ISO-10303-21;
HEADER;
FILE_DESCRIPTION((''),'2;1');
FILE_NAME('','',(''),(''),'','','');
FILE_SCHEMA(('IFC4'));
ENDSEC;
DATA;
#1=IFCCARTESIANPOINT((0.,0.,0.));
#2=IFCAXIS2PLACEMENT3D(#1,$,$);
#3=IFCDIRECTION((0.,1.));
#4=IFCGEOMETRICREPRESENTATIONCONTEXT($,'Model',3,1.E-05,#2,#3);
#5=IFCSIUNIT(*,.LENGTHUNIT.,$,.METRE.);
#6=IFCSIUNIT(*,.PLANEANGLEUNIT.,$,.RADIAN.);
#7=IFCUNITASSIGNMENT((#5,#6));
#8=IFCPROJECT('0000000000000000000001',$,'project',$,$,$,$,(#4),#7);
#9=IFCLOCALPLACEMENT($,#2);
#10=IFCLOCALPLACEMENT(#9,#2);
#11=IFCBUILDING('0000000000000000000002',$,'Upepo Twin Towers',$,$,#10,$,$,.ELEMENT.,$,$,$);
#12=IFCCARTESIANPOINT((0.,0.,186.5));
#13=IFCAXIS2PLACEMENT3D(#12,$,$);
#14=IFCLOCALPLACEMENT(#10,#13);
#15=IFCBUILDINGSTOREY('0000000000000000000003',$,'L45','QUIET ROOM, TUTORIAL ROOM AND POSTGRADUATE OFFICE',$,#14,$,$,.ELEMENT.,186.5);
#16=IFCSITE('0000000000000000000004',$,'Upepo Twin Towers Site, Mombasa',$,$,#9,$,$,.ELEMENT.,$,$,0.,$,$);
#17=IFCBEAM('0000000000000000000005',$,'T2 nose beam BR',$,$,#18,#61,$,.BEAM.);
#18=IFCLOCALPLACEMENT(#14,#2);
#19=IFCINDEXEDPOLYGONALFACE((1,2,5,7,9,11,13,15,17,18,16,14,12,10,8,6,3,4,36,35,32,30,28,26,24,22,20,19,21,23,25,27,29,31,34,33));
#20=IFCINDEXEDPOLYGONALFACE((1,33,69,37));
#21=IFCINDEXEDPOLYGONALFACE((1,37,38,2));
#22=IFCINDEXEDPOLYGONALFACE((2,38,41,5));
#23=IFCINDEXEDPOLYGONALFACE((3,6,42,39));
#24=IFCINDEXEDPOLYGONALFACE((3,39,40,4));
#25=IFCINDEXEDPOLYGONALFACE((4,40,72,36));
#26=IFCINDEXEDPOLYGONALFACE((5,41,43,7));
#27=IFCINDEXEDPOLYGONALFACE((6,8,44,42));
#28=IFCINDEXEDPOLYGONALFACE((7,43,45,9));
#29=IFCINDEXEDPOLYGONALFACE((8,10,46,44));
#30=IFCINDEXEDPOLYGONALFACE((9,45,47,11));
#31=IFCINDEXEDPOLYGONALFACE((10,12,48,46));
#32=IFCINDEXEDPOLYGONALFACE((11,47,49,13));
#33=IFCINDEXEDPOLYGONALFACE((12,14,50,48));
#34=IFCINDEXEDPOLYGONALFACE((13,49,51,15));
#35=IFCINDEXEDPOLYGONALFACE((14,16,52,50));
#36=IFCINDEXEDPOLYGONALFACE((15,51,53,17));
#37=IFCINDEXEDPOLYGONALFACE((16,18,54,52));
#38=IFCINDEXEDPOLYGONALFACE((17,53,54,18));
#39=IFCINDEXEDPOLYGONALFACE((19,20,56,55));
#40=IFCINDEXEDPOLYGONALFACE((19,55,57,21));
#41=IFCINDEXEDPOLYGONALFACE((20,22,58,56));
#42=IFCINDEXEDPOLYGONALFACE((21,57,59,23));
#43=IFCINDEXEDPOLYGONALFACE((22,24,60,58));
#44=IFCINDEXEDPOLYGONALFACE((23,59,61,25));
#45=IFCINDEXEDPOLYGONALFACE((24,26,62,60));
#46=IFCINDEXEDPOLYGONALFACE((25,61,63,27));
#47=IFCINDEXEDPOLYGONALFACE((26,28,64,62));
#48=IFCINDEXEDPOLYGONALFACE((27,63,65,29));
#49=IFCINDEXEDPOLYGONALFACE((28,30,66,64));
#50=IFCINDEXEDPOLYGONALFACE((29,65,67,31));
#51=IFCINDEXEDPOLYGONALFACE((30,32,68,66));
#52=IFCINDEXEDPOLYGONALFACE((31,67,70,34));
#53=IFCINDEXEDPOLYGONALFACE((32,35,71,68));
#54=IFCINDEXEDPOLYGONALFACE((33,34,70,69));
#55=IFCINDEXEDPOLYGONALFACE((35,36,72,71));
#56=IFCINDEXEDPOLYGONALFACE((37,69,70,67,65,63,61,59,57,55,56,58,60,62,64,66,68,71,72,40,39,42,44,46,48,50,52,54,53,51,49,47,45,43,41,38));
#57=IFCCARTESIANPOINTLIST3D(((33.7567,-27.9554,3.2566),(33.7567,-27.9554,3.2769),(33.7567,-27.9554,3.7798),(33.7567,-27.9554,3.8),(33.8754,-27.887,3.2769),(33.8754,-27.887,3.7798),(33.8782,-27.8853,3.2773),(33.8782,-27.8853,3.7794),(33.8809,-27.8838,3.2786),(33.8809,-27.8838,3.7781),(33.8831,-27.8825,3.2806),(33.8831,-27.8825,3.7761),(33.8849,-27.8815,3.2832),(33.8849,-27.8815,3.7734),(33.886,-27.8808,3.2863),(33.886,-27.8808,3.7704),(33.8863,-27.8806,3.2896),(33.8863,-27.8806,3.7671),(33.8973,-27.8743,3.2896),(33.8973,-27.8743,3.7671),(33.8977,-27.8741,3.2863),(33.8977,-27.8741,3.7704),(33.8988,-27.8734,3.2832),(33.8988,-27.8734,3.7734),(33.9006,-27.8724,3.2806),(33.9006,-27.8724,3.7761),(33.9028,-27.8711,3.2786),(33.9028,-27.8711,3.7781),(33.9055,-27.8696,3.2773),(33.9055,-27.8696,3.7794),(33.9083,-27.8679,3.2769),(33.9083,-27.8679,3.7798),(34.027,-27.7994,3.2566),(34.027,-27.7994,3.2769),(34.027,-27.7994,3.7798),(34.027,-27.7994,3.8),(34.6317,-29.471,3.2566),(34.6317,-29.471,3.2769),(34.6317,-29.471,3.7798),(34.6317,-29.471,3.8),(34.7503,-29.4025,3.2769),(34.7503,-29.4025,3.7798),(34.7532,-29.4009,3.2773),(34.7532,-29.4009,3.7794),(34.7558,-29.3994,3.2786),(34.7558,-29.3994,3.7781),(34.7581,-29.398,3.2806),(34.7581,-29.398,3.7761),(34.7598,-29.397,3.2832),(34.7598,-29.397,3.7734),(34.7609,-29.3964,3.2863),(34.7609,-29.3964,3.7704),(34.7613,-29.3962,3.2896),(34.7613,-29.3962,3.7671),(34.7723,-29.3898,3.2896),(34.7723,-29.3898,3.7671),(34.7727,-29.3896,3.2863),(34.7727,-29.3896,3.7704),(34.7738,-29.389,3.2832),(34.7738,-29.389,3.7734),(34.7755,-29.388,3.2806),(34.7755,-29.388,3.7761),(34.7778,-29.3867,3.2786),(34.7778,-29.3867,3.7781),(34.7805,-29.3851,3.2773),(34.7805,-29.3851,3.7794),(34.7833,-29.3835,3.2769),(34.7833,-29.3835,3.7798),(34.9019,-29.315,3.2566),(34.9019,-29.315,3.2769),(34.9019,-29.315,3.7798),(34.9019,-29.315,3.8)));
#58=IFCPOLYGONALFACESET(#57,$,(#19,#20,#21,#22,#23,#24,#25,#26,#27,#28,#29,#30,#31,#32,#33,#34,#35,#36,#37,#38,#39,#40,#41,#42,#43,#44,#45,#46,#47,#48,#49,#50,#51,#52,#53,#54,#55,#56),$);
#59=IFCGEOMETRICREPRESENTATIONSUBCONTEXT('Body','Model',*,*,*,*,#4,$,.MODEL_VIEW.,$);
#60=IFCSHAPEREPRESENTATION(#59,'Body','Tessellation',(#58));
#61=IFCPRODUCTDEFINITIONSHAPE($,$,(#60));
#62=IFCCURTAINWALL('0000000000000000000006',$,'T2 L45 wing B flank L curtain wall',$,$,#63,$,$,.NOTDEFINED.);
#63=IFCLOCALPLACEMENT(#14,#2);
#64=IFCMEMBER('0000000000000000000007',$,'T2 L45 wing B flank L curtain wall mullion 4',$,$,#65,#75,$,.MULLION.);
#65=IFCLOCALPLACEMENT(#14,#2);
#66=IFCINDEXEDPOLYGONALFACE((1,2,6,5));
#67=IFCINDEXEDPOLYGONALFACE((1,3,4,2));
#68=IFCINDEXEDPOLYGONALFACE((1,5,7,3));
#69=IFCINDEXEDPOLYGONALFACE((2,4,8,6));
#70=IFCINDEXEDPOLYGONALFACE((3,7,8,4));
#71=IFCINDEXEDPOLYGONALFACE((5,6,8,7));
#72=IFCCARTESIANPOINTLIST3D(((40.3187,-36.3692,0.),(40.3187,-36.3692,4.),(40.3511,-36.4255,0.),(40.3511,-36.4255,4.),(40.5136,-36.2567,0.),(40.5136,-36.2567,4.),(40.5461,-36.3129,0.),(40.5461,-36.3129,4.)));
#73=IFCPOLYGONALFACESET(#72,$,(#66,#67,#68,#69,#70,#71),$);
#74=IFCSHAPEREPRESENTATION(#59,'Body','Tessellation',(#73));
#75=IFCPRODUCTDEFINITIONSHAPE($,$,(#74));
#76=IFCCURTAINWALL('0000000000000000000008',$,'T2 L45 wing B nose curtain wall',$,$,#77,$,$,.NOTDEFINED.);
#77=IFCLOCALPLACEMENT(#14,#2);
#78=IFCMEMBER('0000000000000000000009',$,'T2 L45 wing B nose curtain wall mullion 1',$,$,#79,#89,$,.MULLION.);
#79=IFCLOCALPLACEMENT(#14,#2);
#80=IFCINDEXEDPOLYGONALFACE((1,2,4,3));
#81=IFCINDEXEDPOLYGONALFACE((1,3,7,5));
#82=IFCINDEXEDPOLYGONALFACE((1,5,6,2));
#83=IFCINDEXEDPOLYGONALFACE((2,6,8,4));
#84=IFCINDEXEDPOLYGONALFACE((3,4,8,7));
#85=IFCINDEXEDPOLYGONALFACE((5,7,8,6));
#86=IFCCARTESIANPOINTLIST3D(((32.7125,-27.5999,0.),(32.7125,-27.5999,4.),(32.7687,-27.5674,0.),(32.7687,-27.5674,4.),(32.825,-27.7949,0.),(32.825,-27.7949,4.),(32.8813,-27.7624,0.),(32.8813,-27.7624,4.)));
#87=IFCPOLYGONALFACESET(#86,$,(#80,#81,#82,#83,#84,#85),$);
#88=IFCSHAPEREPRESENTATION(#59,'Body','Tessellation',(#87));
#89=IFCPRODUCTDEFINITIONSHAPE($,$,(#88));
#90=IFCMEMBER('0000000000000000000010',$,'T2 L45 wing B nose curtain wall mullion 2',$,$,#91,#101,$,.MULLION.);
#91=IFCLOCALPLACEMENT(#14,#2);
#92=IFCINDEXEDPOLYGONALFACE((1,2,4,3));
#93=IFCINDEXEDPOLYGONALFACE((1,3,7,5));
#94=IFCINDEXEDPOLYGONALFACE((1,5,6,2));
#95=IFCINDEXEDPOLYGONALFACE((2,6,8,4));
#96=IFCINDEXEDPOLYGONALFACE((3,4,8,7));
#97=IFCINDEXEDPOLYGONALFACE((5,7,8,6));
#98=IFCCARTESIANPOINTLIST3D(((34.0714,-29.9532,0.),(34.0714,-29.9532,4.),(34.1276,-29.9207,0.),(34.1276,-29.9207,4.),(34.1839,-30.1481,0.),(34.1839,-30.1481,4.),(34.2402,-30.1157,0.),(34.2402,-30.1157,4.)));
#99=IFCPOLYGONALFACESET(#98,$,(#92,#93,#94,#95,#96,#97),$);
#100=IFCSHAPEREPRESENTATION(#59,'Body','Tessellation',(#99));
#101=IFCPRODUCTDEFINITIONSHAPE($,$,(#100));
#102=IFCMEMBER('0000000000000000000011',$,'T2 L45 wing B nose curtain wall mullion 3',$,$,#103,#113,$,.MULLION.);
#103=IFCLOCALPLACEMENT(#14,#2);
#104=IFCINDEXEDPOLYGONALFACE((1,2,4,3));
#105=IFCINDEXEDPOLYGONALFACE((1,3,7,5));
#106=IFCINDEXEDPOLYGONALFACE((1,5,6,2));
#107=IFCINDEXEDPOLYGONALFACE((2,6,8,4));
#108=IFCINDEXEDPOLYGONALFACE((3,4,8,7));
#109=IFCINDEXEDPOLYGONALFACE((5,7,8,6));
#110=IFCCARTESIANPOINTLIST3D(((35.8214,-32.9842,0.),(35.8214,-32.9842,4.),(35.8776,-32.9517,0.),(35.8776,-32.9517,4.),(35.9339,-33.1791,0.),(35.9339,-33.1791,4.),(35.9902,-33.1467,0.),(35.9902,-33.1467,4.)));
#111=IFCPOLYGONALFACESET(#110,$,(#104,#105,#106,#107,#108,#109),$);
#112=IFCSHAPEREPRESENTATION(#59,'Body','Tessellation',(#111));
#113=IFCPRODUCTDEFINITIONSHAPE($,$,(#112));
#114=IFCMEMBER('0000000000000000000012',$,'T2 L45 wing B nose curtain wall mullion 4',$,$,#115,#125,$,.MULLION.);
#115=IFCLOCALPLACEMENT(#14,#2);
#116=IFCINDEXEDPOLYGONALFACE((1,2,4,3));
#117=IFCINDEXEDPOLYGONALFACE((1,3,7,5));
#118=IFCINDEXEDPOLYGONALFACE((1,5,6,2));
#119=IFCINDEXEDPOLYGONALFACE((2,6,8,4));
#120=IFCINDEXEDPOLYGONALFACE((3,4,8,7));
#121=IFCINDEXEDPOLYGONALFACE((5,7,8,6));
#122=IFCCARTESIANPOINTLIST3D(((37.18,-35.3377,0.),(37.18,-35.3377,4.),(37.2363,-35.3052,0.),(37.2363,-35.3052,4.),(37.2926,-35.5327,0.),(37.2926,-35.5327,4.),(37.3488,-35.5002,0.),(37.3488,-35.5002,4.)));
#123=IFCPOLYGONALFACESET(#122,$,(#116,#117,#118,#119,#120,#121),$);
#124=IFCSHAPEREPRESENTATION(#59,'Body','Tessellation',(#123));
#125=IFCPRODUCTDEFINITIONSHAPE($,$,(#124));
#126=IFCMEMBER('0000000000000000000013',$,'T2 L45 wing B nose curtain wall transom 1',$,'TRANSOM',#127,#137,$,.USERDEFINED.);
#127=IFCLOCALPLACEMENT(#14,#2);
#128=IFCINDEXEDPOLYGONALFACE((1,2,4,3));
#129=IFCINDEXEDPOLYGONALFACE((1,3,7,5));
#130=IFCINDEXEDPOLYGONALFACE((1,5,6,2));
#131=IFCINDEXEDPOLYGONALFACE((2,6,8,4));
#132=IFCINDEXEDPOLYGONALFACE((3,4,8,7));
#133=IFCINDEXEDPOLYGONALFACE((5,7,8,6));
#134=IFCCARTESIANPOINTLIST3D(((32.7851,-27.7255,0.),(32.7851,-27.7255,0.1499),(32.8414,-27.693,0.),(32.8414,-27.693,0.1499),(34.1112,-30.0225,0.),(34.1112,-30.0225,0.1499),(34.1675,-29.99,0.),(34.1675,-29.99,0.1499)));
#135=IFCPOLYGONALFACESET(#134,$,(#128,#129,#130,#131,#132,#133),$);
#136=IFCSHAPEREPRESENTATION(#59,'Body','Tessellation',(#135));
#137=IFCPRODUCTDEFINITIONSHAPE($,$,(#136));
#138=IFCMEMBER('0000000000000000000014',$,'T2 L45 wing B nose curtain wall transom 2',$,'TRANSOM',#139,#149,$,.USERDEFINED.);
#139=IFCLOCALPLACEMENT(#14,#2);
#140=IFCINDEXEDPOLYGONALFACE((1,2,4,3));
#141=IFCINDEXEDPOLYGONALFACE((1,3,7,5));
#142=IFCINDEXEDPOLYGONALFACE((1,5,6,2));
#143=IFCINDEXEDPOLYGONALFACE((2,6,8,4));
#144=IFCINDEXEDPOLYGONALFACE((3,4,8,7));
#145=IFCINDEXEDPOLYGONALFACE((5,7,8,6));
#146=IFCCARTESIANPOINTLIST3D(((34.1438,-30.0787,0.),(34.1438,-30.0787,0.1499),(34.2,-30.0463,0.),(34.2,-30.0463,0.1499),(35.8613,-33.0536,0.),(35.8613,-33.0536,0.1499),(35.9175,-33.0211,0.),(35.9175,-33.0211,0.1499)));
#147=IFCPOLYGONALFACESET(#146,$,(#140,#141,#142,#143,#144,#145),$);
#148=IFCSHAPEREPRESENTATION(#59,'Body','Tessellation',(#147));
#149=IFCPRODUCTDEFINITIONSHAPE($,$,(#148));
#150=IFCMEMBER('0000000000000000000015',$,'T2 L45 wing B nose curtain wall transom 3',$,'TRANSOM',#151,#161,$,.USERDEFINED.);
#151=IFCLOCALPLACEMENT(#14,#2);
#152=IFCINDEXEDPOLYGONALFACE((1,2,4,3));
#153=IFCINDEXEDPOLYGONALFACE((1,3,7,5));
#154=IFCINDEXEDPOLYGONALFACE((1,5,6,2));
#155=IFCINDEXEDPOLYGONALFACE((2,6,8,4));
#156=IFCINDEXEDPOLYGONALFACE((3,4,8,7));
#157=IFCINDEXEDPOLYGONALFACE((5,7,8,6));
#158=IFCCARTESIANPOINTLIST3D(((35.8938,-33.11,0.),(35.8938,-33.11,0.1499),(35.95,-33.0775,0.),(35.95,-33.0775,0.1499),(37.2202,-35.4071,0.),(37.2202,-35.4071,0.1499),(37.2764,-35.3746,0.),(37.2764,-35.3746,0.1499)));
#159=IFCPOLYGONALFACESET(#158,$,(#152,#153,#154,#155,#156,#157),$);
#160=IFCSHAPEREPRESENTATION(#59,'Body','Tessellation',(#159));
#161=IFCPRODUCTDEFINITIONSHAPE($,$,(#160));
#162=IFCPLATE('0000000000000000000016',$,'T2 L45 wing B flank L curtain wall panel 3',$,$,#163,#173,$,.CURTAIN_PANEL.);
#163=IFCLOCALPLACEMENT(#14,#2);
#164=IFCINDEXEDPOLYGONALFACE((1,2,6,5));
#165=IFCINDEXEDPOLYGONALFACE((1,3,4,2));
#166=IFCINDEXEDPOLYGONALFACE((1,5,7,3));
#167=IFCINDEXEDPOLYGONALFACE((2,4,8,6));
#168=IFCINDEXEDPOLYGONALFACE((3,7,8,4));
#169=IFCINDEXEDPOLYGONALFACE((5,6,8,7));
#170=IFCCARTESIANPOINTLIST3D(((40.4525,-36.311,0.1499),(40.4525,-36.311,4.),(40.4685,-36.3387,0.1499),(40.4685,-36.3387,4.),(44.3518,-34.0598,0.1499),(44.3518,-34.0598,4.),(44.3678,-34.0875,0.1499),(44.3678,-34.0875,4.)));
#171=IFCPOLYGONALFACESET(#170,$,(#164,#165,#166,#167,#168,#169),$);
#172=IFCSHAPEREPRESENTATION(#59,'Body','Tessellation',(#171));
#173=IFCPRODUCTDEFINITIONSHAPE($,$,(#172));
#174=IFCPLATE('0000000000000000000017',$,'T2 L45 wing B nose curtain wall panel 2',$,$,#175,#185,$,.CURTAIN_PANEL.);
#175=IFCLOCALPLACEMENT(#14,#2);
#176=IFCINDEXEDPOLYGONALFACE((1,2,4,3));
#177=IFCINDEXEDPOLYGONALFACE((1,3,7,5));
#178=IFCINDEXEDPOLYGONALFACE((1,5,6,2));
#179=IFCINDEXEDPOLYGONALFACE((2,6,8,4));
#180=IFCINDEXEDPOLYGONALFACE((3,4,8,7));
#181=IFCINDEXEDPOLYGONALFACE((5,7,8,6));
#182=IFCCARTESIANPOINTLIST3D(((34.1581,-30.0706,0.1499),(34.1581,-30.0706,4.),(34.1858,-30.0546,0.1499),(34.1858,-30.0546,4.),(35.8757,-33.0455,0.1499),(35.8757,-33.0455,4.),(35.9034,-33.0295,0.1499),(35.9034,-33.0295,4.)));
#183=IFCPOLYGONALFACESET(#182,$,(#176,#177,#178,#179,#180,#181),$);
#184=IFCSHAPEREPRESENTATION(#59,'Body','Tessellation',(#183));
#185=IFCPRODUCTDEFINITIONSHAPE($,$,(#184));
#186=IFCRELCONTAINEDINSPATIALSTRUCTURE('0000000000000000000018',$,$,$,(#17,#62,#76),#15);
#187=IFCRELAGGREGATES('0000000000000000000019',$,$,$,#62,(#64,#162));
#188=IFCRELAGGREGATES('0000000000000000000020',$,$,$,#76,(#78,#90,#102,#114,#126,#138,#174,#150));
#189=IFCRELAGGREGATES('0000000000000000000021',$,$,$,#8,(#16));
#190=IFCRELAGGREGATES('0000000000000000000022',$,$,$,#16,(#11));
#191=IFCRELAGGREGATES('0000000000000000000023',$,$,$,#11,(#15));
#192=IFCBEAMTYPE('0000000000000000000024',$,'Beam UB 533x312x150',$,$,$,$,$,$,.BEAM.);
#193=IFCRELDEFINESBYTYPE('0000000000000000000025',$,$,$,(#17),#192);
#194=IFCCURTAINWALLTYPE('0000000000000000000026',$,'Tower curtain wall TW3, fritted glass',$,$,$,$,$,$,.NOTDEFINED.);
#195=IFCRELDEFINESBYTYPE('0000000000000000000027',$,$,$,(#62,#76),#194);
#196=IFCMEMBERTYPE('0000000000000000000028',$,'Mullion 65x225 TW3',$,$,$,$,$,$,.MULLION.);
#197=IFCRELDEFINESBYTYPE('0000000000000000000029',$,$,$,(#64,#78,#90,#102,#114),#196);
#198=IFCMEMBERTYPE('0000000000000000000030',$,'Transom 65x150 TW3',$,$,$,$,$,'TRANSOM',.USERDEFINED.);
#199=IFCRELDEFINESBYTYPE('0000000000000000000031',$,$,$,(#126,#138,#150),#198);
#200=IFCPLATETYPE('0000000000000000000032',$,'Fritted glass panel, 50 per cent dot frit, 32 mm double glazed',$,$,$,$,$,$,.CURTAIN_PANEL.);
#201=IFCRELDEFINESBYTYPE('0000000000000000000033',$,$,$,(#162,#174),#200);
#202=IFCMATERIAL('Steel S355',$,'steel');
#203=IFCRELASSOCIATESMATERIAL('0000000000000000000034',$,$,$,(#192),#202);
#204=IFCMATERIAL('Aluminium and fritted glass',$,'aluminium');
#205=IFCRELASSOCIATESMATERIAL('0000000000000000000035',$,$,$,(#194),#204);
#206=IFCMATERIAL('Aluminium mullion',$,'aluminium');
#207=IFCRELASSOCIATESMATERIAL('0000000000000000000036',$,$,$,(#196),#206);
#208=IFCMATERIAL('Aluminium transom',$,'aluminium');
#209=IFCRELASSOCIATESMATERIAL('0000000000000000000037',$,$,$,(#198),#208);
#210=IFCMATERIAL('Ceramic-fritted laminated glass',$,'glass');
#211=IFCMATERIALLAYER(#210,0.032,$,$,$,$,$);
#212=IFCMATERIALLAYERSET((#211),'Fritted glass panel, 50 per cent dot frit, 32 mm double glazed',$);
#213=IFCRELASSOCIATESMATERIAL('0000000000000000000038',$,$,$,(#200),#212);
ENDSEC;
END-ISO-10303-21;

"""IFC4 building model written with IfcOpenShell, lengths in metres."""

from ifc_helpers import new_model, si_unit, direction, frame, origin, origin_2d, place, context, subcontext, project, spatial, rectangle, i_section, extrude, material, layer, layer_set, material_profile, profile_set, type_object, element, aggregate, save


model = new_model("IFC4")

# Units and contexts
model_context = context("Model", 3, precision=1e-05, world=origin(), true_north=direction((0.0, 1.0)))
body_context = subcontext(model_context, "Body", "Model", "MODEL_VIEW")
ifc_project = project(units=[si_unit("LENGTHUNIT", "METRE"), si_unit("PLANEANGLEUNIT", "RADIAN")], contexts=[model_context])

# Site, building, storey
site_placement = place(None, origin())
site = spatial("IfcSite", under=ifc_project, at=site_placement, Name="Upepo Twin Towers Site, Mombasa", CompositionType="ELEMENT", RefElevation=0.0)
building_placement = place(site_placement, origin())
building = spatial("IfcBuilding", under=site, at=building_placement, Name="Upepo Twin Towers", CompositionType="ELEMENT")
storey_placement = place(building_placement, frame((0.0, 0.0, 186.5)))
storey = spatial("IfcBuildingStorey", under=building, at=storey_placement, Name="L45", Description="QUIET ROOM, TUTORIAL ROOM AND POSTGRADUATE OFFICE", CompositionType="ELEMENT", Elevation=186.5)

# Beam
ifc_material_1 = material(Name="Steel S355", Category="steel")
ifc_material_profile_1 = material_profile(ifc_material_1, i_section(OverallWidth=0.312, OverallDepth=0.5435, WebThickness=0.0127, FlangeThickness=0.0203, FilletRadius=0.0127, at=origin_2d()), Name="UB 533x312x150")
ifc_profile_set_1 = profile_set([ifc_material_profile_1], Name="Steel S355")
beam_type_1 = type_object("IfcBeamType", Name="Beam UB 533x312x150", PredefinedType="BEAM", material=ifc_profile_set_1)
for number, where, z_axis, x_axis, name in (
    (1, (33.8918, -27.8774, 3.5283), (0.49998, -0.866037, 0.0), (0.866037, 0.49998, 0.0), "T2 nose beam BR"),
):
    element("IfcBeam", number, at=place(storey_placement, frame(where, z_axis=z_axis, x_axis=x_axis)), inside=storey, type_object=beam_type_1, Name=name, PredefinedType="BEAM", context=body_context, shape_type="SweptSolid", body=[
        extrude(i_section(OverallWidth=0.312, OverallDepth=0.5435, WebThickness=0.0127, FlangeThickness=0.0203, FilletRadius=0.0127, at=origin_2d()), origin(), (0.0, 0.0, 1.0), 1.75),
    ])

# Curtain wall, member
ifc_material_2 = material(Name="Aluminium and fritted glass", Category="aluminium")
curtain_wall_type = type_object("IfcCurtainWallType", Name="Tower curtain wall TW3, fritted glass", PredefinedType="NOTDEFINED", material=ifc_material_2)
curtain_wall_1_placement = place(storey_placement, origin())
curtain_wall_1 = element("IfcCurtainWall", 2, at=curtain_wall_1_placement, inside=storey, type_object=curtain_wall_type, Name="T2 L45 wing B flank L curtain wall", PredefinedType="NOTDEFINED")
ifc_material_3 = material(Name="Aluminium mullion", Category="aluminium")
ifc_material_profile_2 = material_profile(ifc_material_3, rectangle(XDim=0.0649, YDim=0.2251, at=origin_2d()), Name="MULLION 65x225")
ifc_profile_set_2 = profile_set([ifc_material_profile_2], Name="Aluminium mullion")
member_type_1 = type_object("IfcMemberType", Name="Mullion 65x225 TW3", PredefinedType="MULLION", material=ifc_profile_set_2)
member_1_placement = place(storey_placement, frame((40.4324, -36.3411, 0.0), z_axis=(0.0, 0.0, 1.0), x_axis=(0.5, -0.866025, 0.0)))
member_1 = element("IfcMember", 3, at=member_1_placement, type_object=member_type_1, Name="T2 L45 wing B flank L curtain wall mullion 4", PredefinedType="MULLION", context=body_context, shape_type="SweptSolid", body=[
    extrude(rectangle(XDim=0.0649, YDim=0.2251, at=origin_2d()), origin(), (0.0, 0.0, 1.0), 4.0),
])

# Curtain wall, members
curtain_wall_2_placement = place(storey_placement, origin())
curtain_wall_2 = element("IfcCurtainWall", 4, at=curtain_wall_2_placement, inside=storey, type_object=curtain_wall_type, Name="T2 L45 wing B nose curtain wall", PredefinedType="NOTDEFINED")
member_2_placement = place(storey_placement, frame((32.7969, -27.6812, 0.0), z_axis=(0.0, 0.0, 1.0), x_axis=(0.866025, 0.5, 0.0)))
member_2 = element("IfcMember", 5, at=member_2_placement, type_object=member_type_1, Name="T2 L45 wing B nose curtain wall mullion 1", PredefinedType="MULLION", context=body_context, shape_type="SweptSolid", body=[
    extrude(rectangle(XDim=0.0649, YDim=0.2251, at=origin_2d()), origin(), (0.0, 0.0, 1.0), 4.0),
])
member_3_placement = place(storey_placement, frame((34.1558, -30.0344, 0.0), z_axis=(0.0, 0.0, 1.0), x_axis=(0.866025, 0.5, 0.0)))
member_3 = element("IfcMember", 6, at=member_3_placement, type_object=member_type_1, Name="T2 L45 wing B nose curtain wall mullion 2", PredefinedType="MULLION", context=body_context, shape_type="SweptSolid", body=[
    extrude(rectangle(XDim=0.0649, YDim=0.2251, at=origin_2d()), origin(), (0.0, 0.0, 1.0), 4.0),
])
member_4_placement = place(storey_placement, frame((35.9058, -33.0654, 0.0), z_axis=(0.0, 0.0, 1.0), x_axis=(0.866025, 0.5, 0.0)))
member_4 = element("IfcMember", 7, at=member_4_placement, type_object=member_type_1, Name="T2 L45 wing B nose curtain wall mullion 3", PredefinedType="MULLION", context=body_context, shape_type="SweptSolid", body=[
    extrude(rectangle(XDim=0.0649, YDim=0.2251, at=origin_2d()), origin(), (0.0, 0.0, 1.0), 4.0),
])
member_5_placement = place(storey_placement, frame((37.2644, -35.4189, 0.0), z_axis=(0.0, 0.0, 1.0), x_axis=(0.866025, 0.5, 0.0)))
member_5 = element("IfcMember", 8, at=member_5_placement, type_object=member_type_1, Name="T2 L45 wing B nose curtain wall mullion 4", PredefinedType="MULLION", context=body_context, shape_type="SweptSolid", body=[
    extrude(rectangle(XDim=0.0649, YDim=0.2251, at=origin_2d()), origin(), (0.0, 0.0, 1.0), 4.0),
])
ifc_material_4 = material(Name="Aluminium transom", Category="aluminium")
ifc_material_profile_3 = material_profile(ifc_material_4, rectangle(XDim=0.0649, YDim=0.1499, at=origin_2d()), Name="TRANSOM 65x150")
ifc_profile_set_3 = profile_set([ifc_material_profile_3], Name="Aluminium transom")
member_type_2 = type_object("IfcMemberType", Name="Transom 65x150 TW3", ElementType="TRANSOM", PredefinedType="USERDEFINED", material=ifc_profile_set_3)
member_6_placement = place(storey_placement, frame((32.8132, -27.7092, 0.075), z_axis=(0.49998, -0.866037, 0.0), x_axis=(0.866037, 0.49998, 0.0)))
member_6 = element("IfcMember", 9, at=member_6_placement, type_object=member_type_2, Name="T2 L45 wing B nose curtain wall transom 1", ObjectType="TRANSOM", PredefinedType="USERDEFINED", context=body_context, shape_type="SweptSolid", body=[
    extrude(rectangle(XDim=0.0649, YDim=0.1499, at=origin_2d()), origin(), (0.0, 0.0, 1.0), 2.6523),
])
member_7_placement = place(storey_placement, frame((34.1719, -30.0625, 0.075), z_axis=(0.499999, -0.866026, 0.0), x_axis=(0.866026, 0.499999, 0.0)))
member_7 = element("IfcMember", 10, at=member_7_placement, type_object=member_type_2, Name="T2 L45 wing B nose curtain wall transom 2", ObjectType="TRANSOM", PredefinedType="USERDEFINED", context=body_context, shape_type="SweptSolid", body=[
    extrude(rectangle(XDim=0.0649, YDim=0.1499, at=origin_2d()), origin(), (0.0, 0.0, 1.0), 3.4351),
])
member_8_placement = place(storey_placement, frame((35.9219, -33.0938, 0.075), z_axis=(0.500049, -0.865997, 0.0), x_axis=(0.865997, 0.500049, 0.0)))
member_8 = element("IfcMember", 11, at=member_8_placement, type_object=member_type_2, Name="T2 L45 wing B nose curtain wall transom 3", ObjectType="TRANSOM", PredefinedType="USERDEFINED", context=body_context, shape_type="SweptSolid", body=[
    extrude(rectangle(XDim=0.0649, YDim=0.1499, at=origin_2d()), origin(), (0.0, 0.0, 1.0), 2.6526),
])

# Plates
ifc_material_5 = material(Name="Ceramic-fritted laminated glass", Category="glass")
ifc_layer_1 = layer(ifc_material_5, 0.032)
ifc_layer_set_1 = layer_set([ifc_layer_1], Name="Fritted glass panel, 50 per cent dot frit, 32 mm double glazed")
plate_type_1 = type_object("IfcPlateType", Name="Fritted glass panel, 50 per cent dot frit, 32 mm double glazed", PredefinedType="CURTAIN_PANEL", material=ifc_layer_set_1)
plate_1_placement = place(storey_placement, frame((42.4102, -35.1992, 0.1499), z_axis=(0.0, 0.0, 1.0), x_axis=(-0.866025, -0.5, 0.0)))
plate_1 = element("IfcPlate", 12, at=plate_1_placement, type_object=plate_type_1, Name="T2 L45 wing B flank L curtain wall panel 3", PredefinedType="CURTAIN_PANEL", context=body_context, shape_type="SweptSolid", body=[
    extrude(rectangle(XDim=4.5024, YDim=0.032, at=origin_2d()), origin(), (0.0, 0.0, 1.0), 3.8501),
])
aggregate(curtain_wall_1, [member_1, plate_1])
plate_2_placement = place(storey_placement, frame((35.0308, -31.55, 0.1499), z_axis=(0.0, 0.0, 1.0), x_axis=(0.5, -0.866025, 0.0)))
plate_2 = element("IfcPlate", 13, at=plate_2_placement, type_object=plate_type_1, Name="T2 L45 wing B nose curtain wall panel 2", PredefinedType="CURTAIN_PANEL", context=body_context, shape_type="SweptSolid", body=[
    extrude(rectangle(XDim=3.4351, YDim=0.032, at=origin_2d()), origin(), (0.0, 0.0, 1.0), 3.8501),
])
aggregate(curtain_wall_2, [member_2, member_3, member_4, member_5, member_6, member_7, plate_2, member_8])

save(model, "model.ifc")
